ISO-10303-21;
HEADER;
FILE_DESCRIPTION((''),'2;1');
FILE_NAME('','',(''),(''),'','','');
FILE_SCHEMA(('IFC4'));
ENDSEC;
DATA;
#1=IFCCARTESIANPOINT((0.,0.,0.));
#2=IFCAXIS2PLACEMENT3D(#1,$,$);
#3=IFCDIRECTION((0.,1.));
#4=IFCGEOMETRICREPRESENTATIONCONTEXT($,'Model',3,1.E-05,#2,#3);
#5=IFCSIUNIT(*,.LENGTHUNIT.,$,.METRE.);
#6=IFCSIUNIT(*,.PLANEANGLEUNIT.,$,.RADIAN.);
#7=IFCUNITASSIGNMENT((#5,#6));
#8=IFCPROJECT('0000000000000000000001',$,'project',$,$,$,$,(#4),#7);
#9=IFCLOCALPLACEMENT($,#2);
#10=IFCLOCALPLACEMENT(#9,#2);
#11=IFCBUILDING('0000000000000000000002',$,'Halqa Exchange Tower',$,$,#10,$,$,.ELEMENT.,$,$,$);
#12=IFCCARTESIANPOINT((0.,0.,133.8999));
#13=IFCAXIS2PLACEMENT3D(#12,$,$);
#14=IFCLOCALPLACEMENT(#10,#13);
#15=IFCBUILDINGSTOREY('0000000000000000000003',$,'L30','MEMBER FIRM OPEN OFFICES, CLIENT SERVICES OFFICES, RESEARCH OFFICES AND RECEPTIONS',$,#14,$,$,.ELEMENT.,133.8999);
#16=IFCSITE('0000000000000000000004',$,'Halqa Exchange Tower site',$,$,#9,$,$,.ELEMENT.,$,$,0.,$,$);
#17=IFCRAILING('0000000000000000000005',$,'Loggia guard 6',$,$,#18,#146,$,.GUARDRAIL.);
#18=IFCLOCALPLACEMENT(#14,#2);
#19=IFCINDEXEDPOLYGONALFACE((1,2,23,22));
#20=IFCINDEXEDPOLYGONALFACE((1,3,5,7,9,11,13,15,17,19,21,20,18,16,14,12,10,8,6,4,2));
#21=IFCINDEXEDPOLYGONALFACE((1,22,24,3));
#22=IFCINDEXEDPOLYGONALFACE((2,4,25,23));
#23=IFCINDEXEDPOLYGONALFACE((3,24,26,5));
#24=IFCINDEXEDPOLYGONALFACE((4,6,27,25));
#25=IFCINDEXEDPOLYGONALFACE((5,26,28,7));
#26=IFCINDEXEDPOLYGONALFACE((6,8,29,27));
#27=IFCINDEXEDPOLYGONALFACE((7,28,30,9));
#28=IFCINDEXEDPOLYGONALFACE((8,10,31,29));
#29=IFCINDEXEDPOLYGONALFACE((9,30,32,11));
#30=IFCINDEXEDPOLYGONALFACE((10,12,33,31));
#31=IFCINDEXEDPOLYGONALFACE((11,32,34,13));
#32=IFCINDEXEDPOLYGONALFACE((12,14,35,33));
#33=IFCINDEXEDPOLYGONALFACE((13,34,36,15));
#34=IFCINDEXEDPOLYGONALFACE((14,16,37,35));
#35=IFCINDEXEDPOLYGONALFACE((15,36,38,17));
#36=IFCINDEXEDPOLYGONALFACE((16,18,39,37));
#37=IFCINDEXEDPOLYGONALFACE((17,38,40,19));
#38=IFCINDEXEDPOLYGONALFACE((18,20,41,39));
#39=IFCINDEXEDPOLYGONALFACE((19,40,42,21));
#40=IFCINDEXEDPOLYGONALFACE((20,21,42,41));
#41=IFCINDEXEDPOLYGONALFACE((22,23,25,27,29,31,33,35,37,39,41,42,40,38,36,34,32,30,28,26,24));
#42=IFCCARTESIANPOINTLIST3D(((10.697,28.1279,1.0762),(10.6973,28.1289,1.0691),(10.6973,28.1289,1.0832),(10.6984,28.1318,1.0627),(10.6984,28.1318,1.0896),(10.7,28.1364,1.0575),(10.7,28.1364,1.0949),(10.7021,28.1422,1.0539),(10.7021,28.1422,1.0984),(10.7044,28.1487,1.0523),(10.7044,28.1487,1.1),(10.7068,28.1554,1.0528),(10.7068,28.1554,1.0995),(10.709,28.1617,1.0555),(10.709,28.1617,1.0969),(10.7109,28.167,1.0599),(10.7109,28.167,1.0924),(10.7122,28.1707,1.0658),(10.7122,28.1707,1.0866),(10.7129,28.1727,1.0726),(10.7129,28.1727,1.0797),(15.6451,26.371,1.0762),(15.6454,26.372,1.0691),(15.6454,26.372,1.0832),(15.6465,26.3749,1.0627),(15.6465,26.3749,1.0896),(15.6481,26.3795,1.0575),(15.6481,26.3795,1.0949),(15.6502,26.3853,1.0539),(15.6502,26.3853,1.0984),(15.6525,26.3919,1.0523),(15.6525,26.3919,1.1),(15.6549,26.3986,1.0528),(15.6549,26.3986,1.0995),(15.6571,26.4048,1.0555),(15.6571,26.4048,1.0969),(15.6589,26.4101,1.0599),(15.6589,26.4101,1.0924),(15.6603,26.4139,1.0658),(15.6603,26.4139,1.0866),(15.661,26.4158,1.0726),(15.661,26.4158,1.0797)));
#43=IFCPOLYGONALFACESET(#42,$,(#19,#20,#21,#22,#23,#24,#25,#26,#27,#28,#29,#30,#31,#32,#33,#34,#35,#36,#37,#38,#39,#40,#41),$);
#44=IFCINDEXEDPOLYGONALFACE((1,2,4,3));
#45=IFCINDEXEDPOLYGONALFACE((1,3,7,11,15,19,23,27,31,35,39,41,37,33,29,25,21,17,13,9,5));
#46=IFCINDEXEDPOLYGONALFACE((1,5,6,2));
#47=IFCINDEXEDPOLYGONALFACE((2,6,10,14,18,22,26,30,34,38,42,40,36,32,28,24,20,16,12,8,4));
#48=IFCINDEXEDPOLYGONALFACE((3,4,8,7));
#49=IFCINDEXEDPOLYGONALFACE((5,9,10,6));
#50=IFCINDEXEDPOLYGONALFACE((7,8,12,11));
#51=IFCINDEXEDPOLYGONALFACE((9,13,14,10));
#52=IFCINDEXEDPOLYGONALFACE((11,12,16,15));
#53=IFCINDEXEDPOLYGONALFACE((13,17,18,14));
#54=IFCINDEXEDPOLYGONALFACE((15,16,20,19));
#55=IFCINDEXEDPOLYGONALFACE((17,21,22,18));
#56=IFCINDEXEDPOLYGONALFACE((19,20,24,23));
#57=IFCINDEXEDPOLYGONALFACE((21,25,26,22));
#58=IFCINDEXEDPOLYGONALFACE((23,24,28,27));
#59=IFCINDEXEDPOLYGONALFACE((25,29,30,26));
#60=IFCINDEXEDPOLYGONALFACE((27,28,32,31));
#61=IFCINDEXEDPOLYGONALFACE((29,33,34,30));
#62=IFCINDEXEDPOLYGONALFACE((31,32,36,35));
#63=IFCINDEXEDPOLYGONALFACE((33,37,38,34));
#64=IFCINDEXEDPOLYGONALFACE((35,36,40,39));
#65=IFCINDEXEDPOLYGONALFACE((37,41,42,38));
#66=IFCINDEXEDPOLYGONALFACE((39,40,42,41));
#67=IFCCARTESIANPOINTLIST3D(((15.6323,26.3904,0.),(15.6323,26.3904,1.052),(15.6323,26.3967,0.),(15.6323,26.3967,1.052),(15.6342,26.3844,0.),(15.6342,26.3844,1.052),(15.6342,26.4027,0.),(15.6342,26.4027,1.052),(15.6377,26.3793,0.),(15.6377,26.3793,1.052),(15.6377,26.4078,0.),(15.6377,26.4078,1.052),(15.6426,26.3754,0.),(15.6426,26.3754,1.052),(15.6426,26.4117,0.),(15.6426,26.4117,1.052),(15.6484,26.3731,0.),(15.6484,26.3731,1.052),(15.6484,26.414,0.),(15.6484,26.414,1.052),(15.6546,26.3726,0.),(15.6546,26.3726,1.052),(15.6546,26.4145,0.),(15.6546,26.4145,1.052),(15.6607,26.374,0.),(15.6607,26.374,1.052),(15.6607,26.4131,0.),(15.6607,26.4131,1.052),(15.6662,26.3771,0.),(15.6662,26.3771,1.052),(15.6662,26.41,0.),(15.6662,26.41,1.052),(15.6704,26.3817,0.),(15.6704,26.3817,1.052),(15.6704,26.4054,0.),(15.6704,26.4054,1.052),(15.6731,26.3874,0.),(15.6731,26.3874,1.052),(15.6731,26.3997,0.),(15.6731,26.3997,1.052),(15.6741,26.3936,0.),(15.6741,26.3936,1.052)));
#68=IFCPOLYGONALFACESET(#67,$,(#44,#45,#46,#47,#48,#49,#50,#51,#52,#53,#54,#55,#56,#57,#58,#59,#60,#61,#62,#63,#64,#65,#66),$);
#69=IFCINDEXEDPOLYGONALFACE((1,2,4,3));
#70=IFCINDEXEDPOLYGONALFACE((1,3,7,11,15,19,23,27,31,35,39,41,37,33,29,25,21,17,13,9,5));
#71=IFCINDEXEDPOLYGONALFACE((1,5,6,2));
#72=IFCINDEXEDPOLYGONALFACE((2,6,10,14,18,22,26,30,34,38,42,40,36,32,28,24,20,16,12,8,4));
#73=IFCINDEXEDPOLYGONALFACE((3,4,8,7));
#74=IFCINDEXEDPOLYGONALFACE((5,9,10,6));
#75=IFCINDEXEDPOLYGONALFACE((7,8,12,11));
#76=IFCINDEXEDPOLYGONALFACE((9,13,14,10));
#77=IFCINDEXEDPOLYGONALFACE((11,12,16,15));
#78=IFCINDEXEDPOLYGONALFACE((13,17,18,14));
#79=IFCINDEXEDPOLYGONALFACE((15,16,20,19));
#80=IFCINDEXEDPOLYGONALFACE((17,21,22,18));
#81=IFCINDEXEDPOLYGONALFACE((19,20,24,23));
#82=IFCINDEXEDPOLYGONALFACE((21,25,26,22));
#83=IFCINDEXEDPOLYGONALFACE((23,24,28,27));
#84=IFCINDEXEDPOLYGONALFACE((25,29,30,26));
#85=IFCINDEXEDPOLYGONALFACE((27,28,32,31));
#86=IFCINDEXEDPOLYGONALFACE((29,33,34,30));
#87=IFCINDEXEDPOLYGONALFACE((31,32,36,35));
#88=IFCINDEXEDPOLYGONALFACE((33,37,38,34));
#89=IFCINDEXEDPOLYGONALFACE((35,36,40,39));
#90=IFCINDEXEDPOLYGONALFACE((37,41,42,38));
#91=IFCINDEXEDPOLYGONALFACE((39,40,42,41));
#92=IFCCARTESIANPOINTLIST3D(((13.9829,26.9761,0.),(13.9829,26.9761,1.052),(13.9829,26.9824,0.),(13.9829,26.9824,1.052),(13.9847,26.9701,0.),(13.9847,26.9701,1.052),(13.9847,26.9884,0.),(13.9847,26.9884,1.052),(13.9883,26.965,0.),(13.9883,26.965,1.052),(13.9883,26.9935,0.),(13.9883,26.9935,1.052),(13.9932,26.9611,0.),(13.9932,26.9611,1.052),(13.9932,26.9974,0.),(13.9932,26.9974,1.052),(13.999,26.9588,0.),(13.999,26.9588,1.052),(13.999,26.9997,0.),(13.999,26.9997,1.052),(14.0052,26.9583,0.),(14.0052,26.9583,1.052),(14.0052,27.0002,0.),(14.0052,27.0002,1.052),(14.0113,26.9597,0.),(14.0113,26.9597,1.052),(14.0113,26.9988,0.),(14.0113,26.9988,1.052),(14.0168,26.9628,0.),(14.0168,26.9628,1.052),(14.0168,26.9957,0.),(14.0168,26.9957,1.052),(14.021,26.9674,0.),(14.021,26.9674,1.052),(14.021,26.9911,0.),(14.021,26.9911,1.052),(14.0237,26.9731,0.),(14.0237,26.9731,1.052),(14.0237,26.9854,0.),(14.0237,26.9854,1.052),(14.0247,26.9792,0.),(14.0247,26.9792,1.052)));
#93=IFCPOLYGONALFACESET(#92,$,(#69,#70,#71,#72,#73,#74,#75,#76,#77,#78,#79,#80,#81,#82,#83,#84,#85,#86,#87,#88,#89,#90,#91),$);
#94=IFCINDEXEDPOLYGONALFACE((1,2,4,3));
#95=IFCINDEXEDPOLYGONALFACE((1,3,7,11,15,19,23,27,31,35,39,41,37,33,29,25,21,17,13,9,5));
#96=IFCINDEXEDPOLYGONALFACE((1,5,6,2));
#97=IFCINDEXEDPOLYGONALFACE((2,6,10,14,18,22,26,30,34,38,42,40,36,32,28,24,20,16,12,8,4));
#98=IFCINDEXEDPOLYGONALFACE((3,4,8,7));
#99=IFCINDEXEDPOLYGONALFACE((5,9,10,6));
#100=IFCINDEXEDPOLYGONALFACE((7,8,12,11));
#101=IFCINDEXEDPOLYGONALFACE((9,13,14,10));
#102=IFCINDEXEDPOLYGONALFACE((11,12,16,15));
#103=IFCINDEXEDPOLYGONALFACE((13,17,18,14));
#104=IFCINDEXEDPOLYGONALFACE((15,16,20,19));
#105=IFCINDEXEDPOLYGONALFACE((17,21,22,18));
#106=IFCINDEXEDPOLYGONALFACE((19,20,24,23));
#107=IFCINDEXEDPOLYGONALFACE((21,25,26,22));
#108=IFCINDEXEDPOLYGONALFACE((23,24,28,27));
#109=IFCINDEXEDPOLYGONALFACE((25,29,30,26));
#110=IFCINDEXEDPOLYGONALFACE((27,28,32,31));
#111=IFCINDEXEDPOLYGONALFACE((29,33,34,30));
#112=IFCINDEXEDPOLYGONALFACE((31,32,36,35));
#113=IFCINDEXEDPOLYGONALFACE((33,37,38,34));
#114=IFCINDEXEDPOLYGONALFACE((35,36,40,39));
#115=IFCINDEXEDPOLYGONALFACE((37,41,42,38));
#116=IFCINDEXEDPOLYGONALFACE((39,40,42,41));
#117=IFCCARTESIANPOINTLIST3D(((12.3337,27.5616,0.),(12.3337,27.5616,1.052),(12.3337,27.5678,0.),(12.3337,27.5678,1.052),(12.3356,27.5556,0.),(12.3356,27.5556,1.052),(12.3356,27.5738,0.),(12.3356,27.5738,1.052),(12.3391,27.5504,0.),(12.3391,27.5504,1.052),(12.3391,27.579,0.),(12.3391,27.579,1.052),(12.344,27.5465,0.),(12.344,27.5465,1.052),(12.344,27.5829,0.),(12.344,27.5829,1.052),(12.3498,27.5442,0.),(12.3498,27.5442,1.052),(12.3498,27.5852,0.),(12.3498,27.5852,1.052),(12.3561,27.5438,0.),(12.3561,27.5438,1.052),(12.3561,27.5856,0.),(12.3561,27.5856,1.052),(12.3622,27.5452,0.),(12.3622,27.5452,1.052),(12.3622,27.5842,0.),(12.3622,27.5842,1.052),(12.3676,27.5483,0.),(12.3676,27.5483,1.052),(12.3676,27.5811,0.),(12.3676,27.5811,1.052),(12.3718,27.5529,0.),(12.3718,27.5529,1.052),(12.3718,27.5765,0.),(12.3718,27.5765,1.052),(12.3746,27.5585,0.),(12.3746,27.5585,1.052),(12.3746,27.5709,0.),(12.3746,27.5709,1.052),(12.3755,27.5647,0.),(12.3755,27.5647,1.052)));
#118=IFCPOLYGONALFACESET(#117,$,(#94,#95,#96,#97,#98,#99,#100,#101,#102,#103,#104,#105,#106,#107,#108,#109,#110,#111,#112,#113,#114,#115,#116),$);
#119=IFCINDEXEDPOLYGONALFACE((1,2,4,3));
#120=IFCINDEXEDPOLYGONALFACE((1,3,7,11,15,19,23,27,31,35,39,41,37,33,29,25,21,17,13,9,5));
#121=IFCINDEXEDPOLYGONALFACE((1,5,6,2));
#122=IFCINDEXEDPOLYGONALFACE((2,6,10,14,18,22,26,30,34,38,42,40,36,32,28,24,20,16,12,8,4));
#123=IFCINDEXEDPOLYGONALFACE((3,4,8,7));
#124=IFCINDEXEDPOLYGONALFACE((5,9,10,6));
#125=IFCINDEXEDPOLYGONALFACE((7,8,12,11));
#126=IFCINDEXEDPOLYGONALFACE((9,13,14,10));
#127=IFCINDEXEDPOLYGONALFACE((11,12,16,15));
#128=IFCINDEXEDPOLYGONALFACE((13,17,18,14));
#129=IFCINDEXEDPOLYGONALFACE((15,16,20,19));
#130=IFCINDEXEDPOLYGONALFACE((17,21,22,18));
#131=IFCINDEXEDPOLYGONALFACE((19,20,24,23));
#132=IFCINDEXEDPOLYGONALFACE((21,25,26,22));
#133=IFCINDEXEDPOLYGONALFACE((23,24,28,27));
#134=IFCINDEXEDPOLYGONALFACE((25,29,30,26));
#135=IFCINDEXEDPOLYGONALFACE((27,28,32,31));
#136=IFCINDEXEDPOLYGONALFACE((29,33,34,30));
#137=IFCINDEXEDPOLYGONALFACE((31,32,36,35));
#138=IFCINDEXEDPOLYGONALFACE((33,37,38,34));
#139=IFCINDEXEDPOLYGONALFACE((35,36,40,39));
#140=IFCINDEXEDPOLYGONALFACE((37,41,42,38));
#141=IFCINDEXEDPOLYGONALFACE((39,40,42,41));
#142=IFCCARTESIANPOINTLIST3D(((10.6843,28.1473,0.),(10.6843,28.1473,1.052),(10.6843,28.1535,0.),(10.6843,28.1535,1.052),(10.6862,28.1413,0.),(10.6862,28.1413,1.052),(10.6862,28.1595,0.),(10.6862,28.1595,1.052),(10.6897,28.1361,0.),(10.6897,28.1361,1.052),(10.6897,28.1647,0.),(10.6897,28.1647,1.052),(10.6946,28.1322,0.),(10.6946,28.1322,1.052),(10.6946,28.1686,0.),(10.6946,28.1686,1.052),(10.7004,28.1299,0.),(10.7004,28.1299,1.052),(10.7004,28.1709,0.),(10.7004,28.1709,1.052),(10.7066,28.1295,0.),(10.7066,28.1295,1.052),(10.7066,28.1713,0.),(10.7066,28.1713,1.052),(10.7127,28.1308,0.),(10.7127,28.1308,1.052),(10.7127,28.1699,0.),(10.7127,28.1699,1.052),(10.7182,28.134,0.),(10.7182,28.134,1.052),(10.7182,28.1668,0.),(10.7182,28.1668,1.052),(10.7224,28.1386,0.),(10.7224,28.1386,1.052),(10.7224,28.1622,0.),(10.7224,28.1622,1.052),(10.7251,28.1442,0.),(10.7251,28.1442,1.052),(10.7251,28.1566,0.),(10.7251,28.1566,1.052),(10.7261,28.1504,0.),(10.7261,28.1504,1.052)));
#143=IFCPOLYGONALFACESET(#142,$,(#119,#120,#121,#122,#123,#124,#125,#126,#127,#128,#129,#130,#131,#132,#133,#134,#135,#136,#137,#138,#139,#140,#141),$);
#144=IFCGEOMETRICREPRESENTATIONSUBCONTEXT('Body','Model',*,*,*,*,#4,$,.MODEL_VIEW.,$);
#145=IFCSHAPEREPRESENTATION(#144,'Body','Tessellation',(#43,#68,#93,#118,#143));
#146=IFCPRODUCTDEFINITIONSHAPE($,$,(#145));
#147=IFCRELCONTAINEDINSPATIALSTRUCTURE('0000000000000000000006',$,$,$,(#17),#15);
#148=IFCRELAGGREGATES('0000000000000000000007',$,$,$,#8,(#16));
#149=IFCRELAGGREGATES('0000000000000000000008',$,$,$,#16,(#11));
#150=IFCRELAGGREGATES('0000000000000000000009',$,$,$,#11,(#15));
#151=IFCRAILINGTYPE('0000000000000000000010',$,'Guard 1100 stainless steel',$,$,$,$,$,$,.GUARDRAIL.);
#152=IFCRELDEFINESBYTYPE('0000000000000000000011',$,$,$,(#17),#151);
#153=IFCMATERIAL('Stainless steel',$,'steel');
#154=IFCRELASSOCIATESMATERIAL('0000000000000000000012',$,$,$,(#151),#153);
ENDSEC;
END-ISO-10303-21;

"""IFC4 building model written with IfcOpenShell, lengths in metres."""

from ifc_helpers import new_model, si_unit, direction, frame, origin, origin_2d, place, context, subcontext, project, spatial, circle, extrude, material, type_object, element, save


model = new_model("IFC4")

# Units and contexts
model_context = context("Model", 3, precision=1e-05, world=origin(), true_north=direction((0.0, 1.0)))
body_context = subcontext(model_context, "Body", "Model", "MODEL_VIEW")
ifc_project = project(units=[si_unit("LENGTHUNIT", "METRE"), si_unit("PLANEANGLEUNIT", "RADIAN")], contexts=[model_context])

# Site, building, storey
site_placement = place(None, origin())
site = spatial("IfcSite", under=ifc_project, at=site_placement, Name="Halqa Exchange Tower site", CompositionType="ELEMENT", RefElevation=0.0)
building_placement = place(site_placement, origin())
building = spatial("IfcBuilding", under=site, at=building_placement, Name="Halqa Exchange Tower", CompositionType="ELEMENT")
storey_placement = place(building_placement, frame((0.0, 0.0, 133.8999)))
storey = spatial("IfcBuildingStorey", under=building, at=storey_placement, Name="L30", Description="MEMBER FIRM OPEN OFFICES, CLIENT SERVICES OFFICES, RESEARCH OFFICES AND RECEPTIONS", CompositionType="ELEMENT", Elevation=133.8999)

# Railing
ifc_material_1 = material(Name="Stainless steel", Category="steel")
railing_type = type_object("IfcRailingType", Name="Guard 1100 stainless steel", PredefinedType="GUARDRAIL", material=ifc_material_1)
railing_1_placement = place(storey_placement, frame((15.6531, 26.3936, 0.0)))
element("IfcRailing", 1, at=railing_1_placement, inside=storey, type_object=railing_type, Name="Loggia guard 6", PredefinedType="GUARDRAIL", context=body_context, shape_type="SweptSolid", body=[
    extrude(circle(Radius=0.0239, at=origin_2d()), frame((0.0, 0.0, 1.0762), z_axis=(-0.942362, 0.334595, 0.0), x_axis=(-0.334595, -0.942362, 0.0)), (0.0, 0.0, 1.0), 5.2507),
    extrude(circle(Radius=0.021, at=origin_2d()), origin(), (0.0, 0.0, 1.0), 1.052),
    extrude(circle(Radius=0.021, at=origin_2d()), frame((-1.6494, 0.5857, 0.0)), (0.0, 0.0, 1.0), 1.052),
    extrude(circle(Radius=0.021, at=origin_2d()), frame((-3.2986, 1.1711, 0.0)), (0.0, 0.0, 1.0), 1.052),
    extrude(circle(Radius=0.021, at=origin_2d()), frame((-4.948, 1.7568, 0.0)), (0.0, 0.0, 1.0), 1.052),
])

save(model, "model.ifc")
